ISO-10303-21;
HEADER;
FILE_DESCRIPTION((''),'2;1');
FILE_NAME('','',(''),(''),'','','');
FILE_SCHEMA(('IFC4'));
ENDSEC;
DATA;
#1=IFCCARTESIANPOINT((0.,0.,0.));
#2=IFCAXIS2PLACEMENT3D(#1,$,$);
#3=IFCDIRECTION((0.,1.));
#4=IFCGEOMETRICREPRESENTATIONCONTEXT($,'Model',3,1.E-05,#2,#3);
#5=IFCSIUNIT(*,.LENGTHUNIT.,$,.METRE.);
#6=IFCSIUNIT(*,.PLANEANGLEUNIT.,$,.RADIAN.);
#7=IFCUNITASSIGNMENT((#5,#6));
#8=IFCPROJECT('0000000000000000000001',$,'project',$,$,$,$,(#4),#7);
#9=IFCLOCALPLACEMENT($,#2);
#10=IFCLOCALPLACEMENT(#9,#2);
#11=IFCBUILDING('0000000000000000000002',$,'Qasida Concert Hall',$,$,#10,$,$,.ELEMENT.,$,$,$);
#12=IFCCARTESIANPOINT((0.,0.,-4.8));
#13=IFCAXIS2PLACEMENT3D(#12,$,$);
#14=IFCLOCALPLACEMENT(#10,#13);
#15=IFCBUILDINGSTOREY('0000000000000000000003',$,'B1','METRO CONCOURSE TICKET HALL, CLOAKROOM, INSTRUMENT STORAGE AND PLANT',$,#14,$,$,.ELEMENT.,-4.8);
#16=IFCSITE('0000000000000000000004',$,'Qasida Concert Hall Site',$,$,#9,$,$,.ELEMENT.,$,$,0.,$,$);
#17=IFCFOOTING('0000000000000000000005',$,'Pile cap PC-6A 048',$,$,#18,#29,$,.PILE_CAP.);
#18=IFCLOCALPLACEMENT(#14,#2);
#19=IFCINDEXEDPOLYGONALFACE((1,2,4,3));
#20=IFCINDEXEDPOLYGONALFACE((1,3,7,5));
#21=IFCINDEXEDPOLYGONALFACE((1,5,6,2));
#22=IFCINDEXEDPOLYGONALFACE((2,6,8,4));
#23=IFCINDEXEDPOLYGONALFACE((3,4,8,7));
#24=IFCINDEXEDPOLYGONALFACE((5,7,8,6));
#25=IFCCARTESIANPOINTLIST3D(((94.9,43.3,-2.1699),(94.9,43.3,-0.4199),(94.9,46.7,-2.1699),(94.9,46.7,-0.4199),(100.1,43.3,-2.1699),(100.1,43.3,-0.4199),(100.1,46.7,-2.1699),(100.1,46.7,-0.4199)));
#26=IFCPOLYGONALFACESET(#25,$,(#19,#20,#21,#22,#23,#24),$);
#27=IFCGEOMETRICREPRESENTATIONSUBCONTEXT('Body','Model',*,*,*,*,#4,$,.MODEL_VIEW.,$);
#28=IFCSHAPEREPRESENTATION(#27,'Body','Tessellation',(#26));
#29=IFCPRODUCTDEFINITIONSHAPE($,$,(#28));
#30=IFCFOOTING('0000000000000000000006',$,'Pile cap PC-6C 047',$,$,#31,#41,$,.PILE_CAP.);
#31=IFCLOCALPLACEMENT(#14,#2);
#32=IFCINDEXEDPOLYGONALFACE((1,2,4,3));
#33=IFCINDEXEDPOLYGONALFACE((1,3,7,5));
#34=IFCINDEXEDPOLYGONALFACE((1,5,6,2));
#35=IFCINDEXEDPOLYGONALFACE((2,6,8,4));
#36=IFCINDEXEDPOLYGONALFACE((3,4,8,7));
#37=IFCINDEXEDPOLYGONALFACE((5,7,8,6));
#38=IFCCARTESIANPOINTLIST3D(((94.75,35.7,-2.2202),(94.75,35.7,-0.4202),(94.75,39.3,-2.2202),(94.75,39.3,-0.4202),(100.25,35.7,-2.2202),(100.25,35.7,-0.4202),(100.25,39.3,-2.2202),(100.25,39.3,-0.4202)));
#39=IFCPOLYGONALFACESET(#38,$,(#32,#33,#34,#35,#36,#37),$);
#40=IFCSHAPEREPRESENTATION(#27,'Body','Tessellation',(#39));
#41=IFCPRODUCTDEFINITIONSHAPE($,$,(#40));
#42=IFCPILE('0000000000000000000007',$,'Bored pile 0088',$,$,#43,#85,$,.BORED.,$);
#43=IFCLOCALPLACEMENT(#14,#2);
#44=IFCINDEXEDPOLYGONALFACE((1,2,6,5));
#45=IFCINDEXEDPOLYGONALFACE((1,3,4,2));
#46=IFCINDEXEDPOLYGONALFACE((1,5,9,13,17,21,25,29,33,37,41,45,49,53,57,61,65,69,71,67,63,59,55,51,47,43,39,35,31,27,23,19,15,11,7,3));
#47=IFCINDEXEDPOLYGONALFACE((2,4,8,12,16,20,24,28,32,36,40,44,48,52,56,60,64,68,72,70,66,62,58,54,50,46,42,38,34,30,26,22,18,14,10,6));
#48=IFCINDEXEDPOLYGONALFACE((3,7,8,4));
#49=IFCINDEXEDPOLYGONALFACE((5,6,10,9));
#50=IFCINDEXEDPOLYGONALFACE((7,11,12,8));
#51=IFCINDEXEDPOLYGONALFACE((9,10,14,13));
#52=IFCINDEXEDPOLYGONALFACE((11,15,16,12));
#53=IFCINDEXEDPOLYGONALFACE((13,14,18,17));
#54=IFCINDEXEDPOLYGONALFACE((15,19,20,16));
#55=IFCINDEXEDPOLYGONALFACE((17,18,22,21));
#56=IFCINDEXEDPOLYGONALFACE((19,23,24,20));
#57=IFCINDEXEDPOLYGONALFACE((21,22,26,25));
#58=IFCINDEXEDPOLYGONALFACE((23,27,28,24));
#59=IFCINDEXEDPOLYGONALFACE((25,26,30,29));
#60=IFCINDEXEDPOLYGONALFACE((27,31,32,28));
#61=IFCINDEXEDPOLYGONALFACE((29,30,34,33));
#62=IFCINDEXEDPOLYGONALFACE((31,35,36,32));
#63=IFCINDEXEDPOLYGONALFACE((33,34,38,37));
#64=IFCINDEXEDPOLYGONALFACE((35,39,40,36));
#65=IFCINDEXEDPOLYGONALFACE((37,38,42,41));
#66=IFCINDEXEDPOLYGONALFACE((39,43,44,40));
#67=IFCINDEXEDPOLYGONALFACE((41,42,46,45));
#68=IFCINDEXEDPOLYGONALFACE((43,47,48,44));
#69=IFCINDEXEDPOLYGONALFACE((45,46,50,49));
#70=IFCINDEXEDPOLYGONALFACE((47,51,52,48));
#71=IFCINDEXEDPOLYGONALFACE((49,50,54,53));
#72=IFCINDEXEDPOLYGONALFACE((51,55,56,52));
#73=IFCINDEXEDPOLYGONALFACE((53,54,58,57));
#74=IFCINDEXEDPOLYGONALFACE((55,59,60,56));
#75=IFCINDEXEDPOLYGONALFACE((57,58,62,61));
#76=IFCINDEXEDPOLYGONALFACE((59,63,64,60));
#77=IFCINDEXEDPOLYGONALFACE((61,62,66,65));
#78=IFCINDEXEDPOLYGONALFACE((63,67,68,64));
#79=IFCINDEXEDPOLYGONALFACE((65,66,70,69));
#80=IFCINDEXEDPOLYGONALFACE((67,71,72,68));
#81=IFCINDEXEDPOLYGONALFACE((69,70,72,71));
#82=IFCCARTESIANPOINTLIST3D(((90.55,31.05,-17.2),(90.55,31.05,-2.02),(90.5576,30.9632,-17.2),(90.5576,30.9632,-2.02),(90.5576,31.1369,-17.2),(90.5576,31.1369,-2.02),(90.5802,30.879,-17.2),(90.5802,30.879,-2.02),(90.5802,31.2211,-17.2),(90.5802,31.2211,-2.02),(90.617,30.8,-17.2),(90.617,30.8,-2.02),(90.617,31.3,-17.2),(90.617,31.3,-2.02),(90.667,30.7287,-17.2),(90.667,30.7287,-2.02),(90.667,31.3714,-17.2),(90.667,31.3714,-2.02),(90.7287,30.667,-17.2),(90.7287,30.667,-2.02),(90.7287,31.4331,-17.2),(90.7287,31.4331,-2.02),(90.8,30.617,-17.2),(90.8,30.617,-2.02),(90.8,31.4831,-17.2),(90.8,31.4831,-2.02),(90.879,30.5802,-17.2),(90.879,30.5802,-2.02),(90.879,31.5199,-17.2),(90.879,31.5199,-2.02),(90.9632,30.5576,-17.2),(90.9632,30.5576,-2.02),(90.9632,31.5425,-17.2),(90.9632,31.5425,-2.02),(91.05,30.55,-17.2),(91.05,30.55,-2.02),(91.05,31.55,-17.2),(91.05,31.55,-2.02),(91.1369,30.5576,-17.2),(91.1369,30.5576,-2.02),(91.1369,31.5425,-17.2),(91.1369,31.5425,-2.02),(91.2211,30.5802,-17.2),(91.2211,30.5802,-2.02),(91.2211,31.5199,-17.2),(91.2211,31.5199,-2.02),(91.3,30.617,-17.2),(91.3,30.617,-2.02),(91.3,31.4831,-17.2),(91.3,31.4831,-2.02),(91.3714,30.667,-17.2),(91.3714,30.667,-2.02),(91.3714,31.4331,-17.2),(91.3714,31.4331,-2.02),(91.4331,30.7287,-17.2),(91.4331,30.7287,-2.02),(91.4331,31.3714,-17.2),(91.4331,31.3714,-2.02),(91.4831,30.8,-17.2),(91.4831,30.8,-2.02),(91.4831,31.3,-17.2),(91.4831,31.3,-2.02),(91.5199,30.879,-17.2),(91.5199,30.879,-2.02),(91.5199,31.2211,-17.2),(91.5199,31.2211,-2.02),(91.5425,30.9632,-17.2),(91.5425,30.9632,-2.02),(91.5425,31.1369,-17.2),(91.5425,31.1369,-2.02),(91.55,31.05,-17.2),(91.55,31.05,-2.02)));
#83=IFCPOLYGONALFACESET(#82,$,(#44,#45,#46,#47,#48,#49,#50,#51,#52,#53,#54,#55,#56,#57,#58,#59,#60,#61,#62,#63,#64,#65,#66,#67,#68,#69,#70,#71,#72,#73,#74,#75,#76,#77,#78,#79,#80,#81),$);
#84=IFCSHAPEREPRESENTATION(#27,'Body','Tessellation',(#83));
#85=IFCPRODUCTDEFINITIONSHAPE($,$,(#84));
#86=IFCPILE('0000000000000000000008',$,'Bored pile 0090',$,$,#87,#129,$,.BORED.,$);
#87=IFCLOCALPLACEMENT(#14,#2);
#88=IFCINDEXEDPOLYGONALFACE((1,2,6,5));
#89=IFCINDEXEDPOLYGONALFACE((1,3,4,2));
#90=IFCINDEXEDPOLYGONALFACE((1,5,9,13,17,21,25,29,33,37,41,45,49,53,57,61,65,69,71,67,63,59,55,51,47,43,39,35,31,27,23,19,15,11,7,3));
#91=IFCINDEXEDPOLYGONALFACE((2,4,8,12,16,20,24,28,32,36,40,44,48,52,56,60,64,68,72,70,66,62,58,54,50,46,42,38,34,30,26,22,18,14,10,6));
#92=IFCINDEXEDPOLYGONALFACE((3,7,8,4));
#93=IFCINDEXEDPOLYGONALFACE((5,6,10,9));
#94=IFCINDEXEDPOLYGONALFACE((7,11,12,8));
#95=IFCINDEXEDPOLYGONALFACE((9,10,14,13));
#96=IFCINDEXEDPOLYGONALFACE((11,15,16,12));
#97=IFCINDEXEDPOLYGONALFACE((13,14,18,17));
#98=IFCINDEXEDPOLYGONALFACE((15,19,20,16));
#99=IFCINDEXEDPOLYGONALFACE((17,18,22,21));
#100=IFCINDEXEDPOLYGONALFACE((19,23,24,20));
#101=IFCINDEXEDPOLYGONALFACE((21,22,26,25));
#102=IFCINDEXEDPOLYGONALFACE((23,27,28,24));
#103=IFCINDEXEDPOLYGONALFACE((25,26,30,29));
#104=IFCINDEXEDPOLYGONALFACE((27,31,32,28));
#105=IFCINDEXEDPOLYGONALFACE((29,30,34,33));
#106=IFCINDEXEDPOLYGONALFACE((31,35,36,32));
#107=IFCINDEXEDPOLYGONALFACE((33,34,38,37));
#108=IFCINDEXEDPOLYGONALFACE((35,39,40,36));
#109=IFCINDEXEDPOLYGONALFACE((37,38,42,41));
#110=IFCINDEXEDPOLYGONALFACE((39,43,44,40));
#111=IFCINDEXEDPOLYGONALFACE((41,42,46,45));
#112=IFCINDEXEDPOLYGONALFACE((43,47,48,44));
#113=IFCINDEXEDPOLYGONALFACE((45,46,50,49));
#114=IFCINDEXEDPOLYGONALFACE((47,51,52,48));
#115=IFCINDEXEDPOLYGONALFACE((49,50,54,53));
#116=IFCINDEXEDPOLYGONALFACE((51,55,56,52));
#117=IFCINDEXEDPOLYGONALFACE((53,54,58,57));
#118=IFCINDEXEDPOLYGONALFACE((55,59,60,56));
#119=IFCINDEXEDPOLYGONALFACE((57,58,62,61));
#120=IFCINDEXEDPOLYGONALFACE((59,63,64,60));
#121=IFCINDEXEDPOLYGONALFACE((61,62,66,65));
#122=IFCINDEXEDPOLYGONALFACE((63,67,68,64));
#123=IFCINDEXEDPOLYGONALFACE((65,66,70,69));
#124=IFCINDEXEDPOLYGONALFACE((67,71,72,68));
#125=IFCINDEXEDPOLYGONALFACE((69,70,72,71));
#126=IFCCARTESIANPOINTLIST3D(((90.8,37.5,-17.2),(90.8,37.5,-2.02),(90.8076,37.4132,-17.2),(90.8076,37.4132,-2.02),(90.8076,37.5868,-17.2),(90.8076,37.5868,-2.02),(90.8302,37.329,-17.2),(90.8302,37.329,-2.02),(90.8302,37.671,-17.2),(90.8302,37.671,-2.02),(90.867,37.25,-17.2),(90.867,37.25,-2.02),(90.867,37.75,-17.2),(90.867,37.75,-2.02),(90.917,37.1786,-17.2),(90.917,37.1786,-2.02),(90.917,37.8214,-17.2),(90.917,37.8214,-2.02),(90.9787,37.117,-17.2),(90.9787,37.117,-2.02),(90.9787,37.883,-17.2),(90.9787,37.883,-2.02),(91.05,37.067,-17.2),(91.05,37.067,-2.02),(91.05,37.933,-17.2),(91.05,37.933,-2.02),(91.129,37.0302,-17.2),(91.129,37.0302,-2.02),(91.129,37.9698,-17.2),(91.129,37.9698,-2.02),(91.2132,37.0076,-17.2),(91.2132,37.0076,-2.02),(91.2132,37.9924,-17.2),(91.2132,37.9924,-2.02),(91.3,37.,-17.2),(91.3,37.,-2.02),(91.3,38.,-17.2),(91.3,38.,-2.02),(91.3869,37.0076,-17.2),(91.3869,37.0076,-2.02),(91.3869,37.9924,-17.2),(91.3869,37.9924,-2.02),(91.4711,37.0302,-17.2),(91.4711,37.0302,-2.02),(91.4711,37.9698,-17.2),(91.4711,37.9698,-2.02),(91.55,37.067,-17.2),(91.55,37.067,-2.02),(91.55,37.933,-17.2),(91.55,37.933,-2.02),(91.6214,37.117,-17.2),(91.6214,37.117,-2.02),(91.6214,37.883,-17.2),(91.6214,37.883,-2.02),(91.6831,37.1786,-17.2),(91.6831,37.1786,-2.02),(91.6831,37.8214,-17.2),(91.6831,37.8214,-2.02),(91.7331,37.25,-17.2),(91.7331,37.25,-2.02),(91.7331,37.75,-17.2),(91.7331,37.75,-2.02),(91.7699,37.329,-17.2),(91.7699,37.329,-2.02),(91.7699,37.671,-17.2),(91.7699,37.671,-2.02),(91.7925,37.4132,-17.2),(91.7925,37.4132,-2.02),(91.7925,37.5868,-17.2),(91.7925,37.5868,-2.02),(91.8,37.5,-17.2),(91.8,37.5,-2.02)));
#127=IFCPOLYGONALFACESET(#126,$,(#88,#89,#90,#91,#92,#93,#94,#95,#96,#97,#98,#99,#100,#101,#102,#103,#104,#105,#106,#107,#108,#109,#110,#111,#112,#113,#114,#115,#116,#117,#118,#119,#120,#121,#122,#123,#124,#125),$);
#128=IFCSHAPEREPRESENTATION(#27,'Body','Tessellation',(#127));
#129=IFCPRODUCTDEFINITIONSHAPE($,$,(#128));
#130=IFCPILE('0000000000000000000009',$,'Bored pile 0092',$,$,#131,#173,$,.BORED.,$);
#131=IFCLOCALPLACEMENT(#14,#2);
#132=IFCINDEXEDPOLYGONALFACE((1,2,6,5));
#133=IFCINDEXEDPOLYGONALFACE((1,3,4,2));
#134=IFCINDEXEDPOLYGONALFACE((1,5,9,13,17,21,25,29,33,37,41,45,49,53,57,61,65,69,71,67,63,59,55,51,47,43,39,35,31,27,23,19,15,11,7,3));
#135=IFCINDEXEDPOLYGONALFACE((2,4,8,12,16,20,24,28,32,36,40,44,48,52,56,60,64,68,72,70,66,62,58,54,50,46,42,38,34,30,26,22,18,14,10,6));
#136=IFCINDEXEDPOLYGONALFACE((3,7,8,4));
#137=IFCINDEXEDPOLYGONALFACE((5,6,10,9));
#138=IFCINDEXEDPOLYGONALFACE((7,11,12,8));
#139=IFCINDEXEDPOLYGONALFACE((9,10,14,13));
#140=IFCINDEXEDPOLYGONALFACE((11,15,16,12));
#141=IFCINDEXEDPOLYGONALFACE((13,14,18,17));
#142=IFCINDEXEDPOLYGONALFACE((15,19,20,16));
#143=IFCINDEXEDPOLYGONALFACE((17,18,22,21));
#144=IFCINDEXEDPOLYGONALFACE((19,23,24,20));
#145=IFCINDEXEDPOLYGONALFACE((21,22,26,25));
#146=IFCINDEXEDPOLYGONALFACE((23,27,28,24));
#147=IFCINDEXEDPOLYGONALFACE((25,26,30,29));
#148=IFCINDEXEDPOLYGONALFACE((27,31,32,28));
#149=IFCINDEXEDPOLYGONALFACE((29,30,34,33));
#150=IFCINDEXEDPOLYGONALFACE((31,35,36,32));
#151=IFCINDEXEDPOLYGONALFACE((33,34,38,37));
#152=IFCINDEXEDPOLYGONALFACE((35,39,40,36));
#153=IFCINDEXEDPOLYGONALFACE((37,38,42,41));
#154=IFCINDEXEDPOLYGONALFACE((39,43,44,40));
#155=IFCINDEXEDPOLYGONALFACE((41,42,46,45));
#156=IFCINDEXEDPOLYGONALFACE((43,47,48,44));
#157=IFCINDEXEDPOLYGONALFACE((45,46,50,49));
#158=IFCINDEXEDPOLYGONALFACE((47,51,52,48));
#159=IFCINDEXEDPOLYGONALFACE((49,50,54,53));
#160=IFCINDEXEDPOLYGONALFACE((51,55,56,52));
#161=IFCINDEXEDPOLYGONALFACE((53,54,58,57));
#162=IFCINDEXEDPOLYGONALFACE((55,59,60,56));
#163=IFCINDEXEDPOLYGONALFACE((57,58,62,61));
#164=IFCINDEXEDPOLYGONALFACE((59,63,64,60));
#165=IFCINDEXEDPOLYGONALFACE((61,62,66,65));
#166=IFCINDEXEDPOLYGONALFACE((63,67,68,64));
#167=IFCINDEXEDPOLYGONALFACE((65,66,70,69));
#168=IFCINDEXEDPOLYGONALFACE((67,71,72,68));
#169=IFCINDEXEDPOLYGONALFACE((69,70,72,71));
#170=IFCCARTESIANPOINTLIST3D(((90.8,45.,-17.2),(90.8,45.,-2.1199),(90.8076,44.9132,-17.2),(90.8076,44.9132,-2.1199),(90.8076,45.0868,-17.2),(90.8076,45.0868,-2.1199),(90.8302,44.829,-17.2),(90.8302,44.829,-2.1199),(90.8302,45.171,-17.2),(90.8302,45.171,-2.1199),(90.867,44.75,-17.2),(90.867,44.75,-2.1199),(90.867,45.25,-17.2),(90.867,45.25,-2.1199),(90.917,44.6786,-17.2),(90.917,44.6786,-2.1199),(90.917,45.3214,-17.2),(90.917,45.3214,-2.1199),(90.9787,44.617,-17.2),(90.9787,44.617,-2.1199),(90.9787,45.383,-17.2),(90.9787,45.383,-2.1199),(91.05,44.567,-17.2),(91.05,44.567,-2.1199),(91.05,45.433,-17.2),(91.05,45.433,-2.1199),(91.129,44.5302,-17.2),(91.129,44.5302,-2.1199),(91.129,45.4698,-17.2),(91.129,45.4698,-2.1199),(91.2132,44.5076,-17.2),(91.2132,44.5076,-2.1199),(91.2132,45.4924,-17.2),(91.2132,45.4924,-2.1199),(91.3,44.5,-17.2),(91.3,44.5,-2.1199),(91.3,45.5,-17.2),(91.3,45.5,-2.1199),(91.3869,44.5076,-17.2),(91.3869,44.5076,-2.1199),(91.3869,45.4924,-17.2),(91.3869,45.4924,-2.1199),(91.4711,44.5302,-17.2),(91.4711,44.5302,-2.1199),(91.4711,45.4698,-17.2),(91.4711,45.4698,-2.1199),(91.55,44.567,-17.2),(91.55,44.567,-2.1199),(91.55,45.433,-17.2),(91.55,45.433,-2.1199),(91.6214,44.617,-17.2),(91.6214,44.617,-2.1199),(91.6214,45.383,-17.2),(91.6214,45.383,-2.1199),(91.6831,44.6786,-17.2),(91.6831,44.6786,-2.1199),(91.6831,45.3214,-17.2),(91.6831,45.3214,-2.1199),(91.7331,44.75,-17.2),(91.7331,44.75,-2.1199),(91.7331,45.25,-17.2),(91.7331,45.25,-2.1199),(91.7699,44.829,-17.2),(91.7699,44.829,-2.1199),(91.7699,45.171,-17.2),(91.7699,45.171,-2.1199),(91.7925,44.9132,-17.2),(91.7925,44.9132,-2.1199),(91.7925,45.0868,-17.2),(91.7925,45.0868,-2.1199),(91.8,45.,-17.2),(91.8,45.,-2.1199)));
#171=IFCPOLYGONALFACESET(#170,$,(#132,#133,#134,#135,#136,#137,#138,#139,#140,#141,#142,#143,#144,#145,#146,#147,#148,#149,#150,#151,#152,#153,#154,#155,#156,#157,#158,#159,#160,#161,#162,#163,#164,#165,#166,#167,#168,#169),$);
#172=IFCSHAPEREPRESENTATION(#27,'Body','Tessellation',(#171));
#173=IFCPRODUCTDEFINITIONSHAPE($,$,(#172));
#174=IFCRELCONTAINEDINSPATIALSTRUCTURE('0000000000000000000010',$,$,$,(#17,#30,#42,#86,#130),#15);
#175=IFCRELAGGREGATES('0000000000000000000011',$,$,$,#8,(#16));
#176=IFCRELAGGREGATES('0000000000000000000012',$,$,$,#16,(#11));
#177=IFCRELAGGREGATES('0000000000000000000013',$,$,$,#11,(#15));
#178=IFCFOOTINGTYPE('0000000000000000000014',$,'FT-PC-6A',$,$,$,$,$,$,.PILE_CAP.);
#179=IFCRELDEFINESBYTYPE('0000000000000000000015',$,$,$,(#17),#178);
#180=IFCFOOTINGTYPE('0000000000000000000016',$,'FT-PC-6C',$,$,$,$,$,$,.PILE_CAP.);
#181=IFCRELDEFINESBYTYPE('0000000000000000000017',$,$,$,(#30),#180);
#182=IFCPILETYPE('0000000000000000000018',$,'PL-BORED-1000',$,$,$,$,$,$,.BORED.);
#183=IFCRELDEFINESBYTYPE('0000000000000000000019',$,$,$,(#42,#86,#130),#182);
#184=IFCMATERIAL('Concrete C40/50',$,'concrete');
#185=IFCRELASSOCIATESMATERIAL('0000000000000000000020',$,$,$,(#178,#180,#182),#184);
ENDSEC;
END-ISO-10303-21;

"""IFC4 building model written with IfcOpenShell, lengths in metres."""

from ifc_helpers import new_model, si_unit, direction, frame, origin, origin_2d, place, context, subcontext, project, spatial, rectangle, circle, extrude, material, material_profile, profile_set, type_object, element, save


model = new_model("IFC4")

# Units and contexts
model_context = context("Model", 3, precision=1e-05, world=origin(), true_north=direction((0.0, 1.0)))
body_context = subcontext(model_context, "Body", "Model", "MODEL_VIEW")
ifc_project = project(units=[si_unit("LENGTHUNIT", "METRE"), si_unit("PLANEANGLEUNIT", "RADIAN")], contexts=[model_context])

# Site, building, storey
site_placement = place(None, origin())
site = spatial("IfcSite", under=ifc_project, at=site_placement, Name="Qasida Concert Hall Site", CompositionType="ELEMENT", RefElevation=0.0)
building_placement = place(site_placement, origin())
building = spatial("IfcBuilding", under=site, at=building_placement, Name="Qasida Concert Hall", CompositionType="ELEMENT")
storey_placement = place(building_placement, frame((0.0, 0.0, -4.8)))
storey = spatial("IfcBuildingStorey", under=building, at=storey_placement, Name="B1", Description="METRO CONCOURSE TICKET HALL, CLOAKROOM, INSTRUMENT STORAGE AND PLANT", CompositionType="ELEMENT", Elevation=-4.8)

# Footings
ifc_material_1 = material(Name="Concrete C40/50", Category="concrete")
footing_type_1 = type_object("IfcFootingType", Name="FT-PC-6A", PredefinedType="PILE_CAP", material=ifc_material_1)
footing_1_placement = place(storey_placement, frame((97.5, 45.0, -2.1699), z_axis=(0.0, 0.0, 1.0), x_axis=(1.0, 0.0, 0.0)))
element("IfcFooting", 1, at=footing_1_placement, inside=storey, type_object=footing_type_1, Name="Pile cap PC-6A 048", PredefinedType="PILE_CAP", context=body_context, shape_type="SweptSolid", body=[
    extrude(rectangle(XDim=5.2, YDim=3.3999, at=origin_2d()), origin(), (0.0, 0.0, 1.0), 1.75),
])
footing_type_2 = type_object("IfcFootingType", Name="FT-PC-6C", PredefinedType="PILE_CAP", material=ifc_material_1)
footing_2_placement = place(storey_placement, frame((97.5, 37.5, -2.2202), z_axis=(0.0, 0.0, 1.0), x_axis=(1.0, 0.0, 0.0)))
element("IfcFooting", 2, at=footing_2_placement, inside=storey, type_object=footing_type_2, Name="Pile cap PC-6C 047", PredefinedType="PILE_CAP", context=body_context, shape_type="SweptSolid", body=[
    extrude(rectangle(XDim=5.5, YDim=3.6001, at=origin_2d()), origin(), (0.0, 0.0, 1.0), 1.8),
])

# Piles
ifc_material_profile_1 = material_profile(ifc_material_1, circle(Radius=0.5, at=origin_2d()), Name="BORED PILE D1000")
ifc_profile_set_1 = profile_set([ifc_material_profile_1], Name="Concrete C40/50")
pile_type_1 = type_object("IfcPileType", Name="PL-BORED-1000", PredefinedType="BORED", material=ifc_profile_set_1)
for number, where, z_axis, x_axis, name in (
    (3, (91.05, 31.05, -2.02), (0.0, 0.0, -1.0), (1.0, 0.0, 0.0), "Bored pile 0088"),
    (4, (91.3, 37.5, -2.02), (0.0, 0.0, -1.0), (1.0, 0.0, 0.0), "Bored pile 0090"),
):
    element("IfcPile", number, at=place(storey_placement, frame(where, z_axis=z_axis, x_axis=x_axis)), inside=storey, type_object=pile_type_1, Name=name, PredefinedType="BORED", context=body_context, shape_type="SweptSolid", body=[
        extrude(circle(Radius=0.5, at=origin_2d()), origin(), (0.0, 0.0, 1.0), 15.1799),
    ])
pile_1_placement = place(storey_placement, frame((91.3, 45.0, -2.1199), z_axis=(0.0, 0.0, -1.0), x_axis=(1.0, 0.0, 0.0)))
element("IfcPile", 5, at=pile_1_placement, inside=storey, type_object=pile_type_1, Name="Bored pile 0092", PredefinedType="BORED", context=body_context, shape_type="SweptSolid", body=[
    extrude(circle(Radius=0.5, at=origin_2d()), origin(), (0.0, 0.0, 1.0), 15.0801),
])

save(model, "model.ifc")
